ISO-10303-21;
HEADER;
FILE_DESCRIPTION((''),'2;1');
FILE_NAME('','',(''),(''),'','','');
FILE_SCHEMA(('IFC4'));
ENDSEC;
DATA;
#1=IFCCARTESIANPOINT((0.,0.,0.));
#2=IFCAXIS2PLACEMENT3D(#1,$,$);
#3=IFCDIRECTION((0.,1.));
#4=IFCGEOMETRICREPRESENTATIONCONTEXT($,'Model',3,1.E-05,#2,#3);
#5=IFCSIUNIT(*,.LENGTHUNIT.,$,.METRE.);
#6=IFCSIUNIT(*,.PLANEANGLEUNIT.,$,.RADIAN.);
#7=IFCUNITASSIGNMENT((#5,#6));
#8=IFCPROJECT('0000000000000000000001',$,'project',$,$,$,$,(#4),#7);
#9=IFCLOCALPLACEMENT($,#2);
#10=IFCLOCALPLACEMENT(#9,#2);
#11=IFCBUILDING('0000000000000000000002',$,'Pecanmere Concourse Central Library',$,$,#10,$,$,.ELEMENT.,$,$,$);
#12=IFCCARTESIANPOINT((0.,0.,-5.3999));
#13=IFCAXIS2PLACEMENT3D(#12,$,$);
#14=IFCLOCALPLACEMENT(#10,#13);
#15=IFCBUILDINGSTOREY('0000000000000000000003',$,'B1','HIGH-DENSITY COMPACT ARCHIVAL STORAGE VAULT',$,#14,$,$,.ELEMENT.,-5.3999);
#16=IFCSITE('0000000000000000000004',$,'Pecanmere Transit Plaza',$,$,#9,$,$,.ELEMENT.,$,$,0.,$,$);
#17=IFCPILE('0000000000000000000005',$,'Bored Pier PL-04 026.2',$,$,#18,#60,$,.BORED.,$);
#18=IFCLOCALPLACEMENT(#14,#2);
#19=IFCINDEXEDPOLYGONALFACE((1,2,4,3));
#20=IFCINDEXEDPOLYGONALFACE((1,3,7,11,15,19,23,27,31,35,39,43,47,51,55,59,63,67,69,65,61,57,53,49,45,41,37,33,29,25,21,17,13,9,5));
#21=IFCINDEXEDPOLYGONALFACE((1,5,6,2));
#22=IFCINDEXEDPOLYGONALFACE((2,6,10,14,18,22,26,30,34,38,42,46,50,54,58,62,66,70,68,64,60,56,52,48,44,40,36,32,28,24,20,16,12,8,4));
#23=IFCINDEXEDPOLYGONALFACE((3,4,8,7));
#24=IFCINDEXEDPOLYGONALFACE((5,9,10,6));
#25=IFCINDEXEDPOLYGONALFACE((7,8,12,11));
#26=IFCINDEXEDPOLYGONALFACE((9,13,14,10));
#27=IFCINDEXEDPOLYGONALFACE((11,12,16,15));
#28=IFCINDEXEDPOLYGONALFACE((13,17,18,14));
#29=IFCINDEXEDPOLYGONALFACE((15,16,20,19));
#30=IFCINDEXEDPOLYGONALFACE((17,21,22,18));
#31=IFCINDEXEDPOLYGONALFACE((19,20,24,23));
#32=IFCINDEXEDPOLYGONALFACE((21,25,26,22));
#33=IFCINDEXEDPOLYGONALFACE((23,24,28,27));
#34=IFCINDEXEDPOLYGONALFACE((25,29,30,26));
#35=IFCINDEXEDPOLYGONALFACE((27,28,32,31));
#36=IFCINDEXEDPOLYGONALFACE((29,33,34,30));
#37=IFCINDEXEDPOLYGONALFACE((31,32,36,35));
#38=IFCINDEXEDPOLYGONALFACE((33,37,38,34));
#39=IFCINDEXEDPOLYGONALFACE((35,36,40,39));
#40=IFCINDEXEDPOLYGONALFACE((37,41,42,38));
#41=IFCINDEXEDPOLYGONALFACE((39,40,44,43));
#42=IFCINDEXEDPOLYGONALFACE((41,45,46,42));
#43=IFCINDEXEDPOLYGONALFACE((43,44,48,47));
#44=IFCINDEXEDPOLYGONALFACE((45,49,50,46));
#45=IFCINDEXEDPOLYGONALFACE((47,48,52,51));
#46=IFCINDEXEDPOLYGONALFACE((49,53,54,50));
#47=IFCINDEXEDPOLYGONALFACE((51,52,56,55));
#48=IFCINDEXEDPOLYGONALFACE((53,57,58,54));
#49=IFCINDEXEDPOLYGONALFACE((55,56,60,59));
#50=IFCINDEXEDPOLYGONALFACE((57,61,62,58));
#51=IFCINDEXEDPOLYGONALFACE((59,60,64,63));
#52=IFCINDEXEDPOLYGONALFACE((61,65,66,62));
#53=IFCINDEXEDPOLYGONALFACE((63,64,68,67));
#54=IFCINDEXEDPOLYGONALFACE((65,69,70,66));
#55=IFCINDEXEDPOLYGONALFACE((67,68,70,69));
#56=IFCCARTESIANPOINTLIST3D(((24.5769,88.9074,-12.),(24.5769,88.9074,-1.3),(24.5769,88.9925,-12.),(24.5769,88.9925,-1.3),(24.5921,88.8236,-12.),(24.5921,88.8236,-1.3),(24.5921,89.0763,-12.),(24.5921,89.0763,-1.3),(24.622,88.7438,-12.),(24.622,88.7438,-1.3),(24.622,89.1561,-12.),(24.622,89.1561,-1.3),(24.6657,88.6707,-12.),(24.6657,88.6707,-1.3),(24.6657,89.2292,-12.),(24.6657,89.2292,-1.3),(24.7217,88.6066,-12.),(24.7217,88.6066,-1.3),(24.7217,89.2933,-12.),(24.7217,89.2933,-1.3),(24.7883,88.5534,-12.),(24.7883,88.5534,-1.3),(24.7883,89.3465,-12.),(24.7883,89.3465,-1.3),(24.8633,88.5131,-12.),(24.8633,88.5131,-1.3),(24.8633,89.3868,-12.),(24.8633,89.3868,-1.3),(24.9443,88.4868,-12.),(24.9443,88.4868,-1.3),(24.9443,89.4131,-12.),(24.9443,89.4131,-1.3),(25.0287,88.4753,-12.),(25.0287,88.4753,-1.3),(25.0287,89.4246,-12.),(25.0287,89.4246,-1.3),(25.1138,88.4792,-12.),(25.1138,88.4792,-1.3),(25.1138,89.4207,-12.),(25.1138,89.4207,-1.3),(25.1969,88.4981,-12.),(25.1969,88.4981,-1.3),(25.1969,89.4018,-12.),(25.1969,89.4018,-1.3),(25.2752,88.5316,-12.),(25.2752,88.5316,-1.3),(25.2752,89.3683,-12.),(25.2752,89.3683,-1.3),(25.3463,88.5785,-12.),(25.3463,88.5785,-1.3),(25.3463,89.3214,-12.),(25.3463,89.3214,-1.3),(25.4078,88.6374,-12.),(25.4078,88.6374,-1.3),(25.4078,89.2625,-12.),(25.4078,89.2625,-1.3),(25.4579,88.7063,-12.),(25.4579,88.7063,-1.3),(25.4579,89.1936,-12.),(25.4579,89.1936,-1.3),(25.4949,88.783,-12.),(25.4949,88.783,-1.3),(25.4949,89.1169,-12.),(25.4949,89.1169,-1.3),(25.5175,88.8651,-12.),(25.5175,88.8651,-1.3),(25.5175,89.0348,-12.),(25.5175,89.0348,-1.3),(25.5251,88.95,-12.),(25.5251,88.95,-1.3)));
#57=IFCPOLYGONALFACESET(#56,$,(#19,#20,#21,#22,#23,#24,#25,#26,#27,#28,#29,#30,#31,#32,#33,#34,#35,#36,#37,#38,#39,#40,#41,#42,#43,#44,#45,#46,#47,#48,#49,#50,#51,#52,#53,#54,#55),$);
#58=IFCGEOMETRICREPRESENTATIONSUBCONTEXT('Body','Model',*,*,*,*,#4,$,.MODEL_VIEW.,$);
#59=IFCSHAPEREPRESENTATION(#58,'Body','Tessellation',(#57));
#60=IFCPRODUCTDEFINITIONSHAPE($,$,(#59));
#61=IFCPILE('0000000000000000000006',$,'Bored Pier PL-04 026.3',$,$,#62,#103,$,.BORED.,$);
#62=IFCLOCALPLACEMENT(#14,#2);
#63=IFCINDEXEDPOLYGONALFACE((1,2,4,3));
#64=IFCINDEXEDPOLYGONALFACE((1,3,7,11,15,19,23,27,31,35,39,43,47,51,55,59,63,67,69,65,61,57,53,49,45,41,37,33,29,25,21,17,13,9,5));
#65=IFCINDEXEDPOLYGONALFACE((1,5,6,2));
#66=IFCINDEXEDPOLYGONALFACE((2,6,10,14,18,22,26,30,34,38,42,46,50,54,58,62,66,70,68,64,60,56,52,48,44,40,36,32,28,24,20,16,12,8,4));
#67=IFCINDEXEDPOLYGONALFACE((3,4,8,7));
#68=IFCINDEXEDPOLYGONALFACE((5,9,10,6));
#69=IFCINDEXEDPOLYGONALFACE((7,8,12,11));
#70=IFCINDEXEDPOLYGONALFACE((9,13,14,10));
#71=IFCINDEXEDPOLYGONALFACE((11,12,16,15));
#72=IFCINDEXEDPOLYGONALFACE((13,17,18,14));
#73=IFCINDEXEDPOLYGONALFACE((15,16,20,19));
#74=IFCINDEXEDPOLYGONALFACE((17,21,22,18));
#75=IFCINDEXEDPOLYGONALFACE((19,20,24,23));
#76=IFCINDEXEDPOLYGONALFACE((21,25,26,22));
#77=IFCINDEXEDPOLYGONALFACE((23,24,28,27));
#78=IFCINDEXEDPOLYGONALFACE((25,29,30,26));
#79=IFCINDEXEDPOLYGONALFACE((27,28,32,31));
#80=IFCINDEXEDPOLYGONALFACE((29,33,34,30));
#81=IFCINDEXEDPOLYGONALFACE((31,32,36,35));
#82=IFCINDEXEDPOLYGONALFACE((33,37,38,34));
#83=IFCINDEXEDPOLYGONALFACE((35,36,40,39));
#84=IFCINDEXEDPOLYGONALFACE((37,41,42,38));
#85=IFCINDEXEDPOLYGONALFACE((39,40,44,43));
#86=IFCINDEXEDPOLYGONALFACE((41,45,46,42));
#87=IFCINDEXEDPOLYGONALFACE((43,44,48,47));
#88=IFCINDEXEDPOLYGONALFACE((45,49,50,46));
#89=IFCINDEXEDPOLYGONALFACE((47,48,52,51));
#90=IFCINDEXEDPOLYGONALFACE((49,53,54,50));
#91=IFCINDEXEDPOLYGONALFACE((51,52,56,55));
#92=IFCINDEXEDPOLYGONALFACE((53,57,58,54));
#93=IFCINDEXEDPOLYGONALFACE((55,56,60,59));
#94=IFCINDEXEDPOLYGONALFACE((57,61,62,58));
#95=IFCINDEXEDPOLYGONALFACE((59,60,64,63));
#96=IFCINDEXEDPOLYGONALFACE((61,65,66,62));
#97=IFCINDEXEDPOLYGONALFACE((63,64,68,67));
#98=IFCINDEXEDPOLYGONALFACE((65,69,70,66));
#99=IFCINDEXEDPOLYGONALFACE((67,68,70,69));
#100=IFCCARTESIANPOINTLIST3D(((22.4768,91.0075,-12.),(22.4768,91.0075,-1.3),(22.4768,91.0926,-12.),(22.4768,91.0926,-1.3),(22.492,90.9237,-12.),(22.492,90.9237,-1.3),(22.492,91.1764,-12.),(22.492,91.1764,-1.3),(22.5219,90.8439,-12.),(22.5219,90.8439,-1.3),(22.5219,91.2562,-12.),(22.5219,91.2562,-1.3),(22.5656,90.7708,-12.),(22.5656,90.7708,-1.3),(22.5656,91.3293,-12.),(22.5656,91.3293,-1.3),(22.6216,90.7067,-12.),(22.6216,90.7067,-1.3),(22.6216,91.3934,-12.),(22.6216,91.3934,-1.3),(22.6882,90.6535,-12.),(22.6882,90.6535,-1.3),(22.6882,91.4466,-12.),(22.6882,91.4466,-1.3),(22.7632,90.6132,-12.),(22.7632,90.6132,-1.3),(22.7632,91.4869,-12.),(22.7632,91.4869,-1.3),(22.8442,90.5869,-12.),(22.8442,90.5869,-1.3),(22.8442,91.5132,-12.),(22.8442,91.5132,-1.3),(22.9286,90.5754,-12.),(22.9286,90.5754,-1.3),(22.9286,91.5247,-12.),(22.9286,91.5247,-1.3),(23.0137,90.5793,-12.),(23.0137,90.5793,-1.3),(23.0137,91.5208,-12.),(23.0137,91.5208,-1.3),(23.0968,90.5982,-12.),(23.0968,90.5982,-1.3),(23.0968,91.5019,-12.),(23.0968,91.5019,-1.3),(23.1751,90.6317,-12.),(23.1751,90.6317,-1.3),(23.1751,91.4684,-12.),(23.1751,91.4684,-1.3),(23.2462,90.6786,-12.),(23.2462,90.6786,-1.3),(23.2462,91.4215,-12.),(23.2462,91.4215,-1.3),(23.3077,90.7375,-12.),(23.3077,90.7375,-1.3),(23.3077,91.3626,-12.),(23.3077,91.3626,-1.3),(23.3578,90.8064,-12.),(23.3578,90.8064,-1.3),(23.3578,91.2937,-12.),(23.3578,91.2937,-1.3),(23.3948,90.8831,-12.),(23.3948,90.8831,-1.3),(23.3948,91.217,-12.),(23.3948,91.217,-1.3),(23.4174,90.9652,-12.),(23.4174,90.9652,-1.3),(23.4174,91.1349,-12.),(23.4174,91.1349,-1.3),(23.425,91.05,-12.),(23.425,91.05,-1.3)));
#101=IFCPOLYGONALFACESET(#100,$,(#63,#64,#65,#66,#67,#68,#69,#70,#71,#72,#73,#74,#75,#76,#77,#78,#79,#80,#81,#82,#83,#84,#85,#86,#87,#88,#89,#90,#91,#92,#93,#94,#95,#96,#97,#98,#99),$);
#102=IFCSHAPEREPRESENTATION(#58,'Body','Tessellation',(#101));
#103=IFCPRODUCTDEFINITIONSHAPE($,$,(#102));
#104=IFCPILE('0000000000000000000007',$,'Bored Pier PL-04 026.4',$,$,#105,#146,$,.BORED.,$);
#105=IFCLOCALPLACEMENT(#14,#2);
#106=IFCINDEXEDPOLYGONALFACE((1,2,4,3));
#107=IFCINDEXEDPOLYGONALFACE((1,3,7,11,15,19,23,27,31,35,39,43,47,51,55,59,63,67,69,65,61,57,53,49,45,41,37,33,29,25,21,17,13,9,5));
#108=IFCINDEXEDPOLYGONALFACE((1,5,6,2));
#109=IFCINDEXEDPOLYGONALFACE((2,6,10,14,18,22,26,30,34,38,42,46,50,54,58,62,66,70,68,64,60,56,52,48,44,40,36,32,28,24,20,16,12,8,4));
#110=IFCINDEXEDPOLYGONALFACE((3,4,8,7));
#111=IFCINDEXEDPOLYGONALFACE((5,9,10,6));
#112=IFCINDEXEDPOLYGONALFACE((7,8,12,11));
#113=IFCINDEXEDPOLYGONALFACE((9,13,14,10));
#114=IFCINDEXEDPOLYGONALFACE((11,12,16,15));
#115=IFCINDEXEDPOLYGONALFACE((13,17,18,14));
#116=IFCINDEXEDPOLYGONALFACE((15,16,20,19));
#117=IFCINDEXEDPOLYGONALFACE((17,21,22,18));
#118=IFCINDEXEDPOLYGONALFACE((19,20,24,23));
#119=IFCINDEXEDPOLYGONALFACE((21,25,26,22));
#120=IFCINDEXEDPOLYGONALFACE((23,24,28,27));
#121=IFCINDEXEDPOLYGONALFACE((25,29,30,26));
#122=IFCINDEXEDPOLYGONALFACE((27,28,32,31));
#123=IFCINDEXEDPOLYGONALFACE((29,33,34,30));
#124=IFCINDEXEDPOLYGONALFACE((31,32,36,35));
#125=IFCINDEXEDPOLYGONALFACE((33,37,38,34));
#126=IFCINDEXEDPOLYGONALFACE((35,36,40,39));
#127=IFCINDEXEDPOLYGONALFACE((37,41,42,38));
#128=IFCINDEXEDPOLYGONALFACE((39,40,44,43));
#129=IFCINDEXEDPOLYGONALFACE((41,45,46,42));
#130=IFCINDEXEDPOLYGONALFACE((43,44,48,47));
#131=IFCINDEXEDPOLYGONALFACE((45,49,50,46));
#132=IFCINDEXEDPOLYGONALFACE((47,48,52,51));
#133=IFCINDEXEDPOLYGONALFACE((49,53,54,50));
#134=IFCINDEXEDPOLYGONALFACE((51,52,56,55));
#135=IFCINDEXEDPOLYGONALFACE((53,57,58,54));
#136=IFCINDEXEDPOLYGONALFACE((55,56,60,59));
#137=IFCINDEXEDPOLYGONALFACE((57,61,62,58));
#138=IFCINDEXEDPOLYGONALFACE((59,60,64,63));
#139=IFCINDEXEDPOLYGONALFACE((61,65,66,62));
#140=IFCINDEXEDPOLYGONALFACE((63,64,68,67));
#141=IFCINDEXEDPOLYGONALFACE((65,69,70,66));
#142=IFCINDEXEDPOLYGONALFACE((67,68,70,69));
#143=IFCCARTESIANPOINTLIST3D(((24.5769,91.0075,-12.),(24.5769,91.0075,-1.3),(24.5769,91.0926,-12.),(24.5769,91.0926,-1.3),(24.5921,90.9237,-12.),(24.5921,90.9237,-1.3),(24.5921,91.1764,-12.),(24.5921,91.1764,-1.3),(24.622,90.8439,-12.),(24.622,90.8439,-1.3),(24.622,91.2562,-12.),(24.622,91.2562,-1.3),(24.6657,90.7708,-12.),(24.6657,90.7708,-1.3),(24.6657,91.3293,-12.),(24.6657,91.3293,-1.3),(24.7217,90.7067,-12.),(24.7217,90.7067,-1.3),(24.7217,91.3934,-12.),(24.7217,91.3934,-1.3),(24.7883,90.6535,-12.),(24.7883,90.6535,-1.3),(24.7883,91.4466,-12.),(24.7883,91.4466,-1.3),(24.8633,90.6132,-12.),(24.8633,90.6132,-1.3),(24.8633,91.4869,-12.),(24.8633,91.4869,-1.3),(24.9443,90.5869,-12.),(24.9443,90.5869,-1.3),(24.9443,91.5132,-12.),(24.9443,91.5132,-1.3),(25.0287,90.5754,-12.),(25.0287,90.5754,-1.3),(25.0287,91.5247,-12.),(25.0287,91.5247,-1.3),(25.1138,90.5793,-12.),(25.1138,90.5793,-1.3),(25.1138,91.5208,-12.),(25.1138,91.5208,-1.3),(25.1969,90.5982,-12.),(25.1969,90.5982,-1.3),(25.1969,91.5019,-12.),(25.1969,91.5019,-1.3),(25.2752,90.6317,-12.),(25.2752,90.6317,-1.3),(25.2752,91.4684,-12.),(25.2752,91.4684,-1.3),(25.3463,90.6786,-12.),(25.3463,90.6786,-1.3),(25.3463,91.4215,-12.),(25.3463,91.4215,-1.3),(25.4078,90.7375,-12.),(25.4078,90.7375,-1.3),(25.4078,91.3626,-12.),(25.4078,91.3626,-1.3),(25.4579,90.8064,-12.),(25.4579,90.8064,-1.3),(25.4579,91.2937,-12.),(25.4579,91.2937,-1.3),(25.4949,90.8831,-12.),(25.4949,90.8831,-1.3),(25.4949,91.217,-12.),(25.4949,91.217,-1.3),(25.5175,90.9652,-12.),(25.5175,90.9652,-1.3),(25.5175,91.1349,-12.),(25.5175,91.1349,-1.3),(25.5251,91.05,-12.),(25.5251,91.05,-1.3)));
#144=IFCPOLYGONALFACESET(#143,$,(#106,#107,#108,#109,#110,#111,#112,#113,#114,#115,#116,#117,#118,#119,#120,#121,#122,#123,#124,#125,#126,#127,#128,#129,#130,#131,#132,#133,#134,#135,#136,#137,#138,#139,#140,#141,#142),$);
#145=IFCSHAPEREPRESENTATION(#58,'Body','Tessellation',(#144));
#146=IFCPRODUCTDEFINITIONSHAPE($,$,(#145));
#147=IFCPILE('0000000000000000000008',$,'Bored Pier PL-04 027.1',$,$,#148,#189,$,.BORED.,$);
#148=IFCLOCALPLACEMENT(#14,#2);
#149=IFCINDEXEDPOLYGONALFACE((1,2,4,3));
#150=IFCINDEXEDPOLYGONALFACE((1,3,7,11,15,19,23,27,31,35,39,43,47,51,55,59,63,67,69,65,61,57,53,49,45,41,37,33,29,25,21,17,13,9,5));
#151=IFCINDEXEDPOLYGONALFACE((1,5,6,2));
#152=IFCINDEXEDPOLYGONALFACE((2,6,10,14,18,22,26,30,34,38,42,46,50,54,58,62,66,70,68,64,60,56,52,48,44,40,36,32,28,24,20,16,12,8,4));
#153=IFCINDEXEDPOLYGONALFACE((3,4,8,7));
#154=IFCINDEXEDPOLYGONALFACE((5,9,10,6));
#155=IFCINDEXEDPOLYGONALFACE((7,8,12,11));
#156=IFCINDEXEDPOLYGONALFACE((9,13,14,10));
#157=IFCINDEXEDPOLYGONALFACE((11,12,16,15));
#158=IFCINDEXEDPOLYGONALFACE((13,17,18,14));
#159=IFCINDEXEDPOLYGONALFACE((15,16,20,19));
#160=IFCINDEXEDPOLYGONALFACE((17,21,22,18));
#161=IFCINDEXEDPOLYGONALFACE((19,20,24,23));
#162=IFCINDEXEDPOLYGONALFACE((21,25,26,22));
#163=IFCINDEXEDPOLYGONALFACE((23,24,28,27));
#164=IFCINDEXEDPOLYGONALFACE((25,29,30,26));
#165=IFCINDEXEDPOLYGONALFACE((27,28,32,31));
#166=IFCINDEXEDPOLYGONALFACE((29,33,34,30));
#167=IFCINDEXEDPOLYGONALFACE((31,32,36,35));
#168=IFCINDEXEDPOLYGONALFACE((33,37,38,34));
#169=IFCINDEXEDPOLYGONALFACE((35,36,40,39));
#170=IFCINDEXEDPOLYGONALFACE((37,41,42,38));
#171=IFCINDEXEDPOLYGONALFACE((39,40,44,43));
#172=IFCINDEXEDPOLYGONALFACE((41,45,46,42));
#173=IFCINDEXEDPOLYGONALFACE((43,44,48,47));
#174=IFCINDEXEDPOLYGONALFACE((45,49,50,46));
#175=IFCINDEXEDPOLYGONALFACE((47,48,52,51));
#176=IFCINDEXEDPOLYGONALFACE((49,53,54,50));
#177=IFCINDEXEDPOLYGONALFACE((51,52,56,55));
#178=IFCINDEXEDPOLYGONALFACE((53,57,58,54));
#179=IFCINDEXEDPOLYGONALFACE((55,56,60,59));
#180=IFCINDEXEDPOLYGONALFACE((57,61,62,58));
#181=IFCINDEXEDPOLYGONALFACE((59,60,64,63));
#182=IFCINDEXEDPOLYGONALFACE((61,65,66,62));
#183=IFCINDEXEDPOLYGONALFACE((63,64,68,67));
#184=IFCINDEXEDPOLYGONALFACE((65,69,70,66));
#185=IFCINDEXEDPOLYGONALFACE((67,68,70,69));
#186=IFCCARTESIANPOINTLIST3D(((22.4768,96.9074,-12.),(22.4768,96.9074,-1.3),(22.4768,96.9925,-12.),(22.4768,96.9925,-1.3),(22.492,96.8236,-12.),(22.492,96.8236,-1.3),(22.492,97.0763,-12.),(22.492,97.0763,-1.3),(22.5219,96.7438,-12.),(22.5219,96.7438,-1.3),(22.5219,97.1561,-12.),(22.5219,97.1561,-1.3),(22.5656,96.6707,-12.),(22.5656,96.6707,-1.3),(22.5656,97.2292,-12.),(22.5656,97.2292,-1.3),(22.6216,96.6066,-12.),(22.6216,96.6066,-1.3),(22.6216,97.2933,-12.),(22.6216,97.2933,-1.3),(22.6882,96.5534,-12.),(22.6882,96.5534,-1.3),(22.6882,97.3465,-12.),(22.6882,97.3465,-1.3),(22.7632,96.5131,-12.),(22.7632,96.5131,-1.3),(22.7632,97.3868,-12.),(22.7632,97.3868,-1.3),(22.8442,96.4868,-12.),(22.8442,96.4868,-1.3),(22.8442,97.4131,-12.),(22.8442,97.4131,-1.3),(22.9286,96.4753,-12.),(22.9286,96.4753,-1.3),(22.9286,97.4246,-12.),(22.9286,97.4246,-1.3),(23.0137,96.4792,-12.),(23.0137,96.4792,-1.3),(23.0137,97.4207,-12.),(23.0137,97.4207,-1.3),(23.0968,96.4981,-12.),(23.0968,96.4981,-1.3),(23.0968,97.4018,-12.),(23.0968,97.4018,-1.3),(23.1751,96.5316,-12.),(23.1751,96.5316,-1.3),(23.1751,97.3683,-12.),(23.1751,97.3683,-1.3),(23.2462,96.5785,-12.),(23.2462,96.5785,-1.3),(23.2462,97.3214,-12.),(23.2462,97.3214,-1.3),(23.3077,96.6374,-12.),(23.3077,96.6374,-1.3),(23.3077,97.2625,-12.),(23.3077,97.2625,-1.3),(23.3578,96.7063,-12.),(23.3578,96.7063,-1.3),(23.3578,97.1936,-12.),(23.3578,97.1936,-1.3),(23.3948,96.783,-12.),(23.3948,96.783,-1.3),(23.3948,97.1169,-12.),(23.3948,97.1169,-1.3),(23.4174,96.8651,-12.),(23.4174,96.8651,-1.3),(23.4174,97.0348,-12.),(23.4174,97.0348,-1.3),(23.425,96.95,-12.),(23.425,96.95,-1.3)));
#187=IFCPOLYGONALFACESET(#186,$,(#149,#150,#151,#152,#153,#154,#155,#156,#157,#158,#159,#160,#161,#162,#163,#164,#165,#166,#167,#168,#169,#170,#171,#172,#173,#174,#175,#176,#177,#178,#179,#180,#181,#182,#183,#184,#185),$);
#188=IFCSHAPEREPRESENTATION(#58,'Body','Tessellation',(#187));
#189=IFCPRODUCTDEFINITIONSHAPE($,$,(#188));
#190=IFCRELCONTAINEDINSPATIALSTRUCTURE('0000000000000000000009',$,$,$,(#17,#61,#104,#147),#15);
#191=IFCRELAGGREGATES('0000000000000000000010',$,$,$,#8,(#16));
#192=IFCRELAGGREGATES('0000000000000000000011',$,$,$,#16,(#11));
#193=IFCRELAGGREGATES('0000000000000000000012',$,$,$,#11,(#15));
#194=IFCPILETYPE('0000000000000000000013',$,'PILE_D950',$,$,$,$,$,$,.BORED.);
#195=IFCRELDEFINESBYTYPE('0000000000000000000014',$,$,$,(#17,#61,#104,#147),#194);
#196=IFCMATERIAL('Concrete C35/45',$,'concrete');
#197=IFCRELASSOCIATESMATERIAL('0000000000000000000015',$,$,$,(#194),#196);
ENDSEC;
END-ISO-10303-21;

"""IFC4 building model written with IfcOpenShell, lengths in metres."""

from ifc_helpers import new_model, si_unit, direction, frame, origin, origin_2d, place, context, subcontext, project, spatial, circle, extrude, material, material_profile, profile_set, type_object, element, save


model = new_model("IFC4")

# Units and contexts
model_context = context("Model", 3, precision=1e-05, world=origin(), true_north=direction((0.0, 1.0)))
body_context = subcontext(model_context, "Body", "Model", "MODEL_VIEW")
ifc_project = project(units=[si_unit("LENGTHUNIT", "METRE"), si_unit("PLANEANGLEUNIT", "RADIAN")], contexts=[model_context])

# Site, building, storey
site_placement = place(None, origin())
site = spatial("IfcSite", under=ifc_project, at=site_placement, Name="Pecanmere Transit Plaza", CompositionType="ELEMENT", RefElevation=0.0)
building_placement = place(site_placement, origin())
building = spatial("IfcBuilding", under=site, at=building_placement, Name="Pecanmere Concourse Central Library", CompositionType="ELEMENT")
storey_placement = place(building_placement, frame((0.0, 0.0, -5.3999)))
storey = spatial("IfcBuildingStorey", under=building, at=storey_placement, Name="B1", Description="HIGH-DENSITY COMPACT ARCHIVAL STORAGE VAULT", CompositionType="ELEMENT", Elevation=-5.3999)

# Piles
ifc_material_1 = material(Name="Concrete C35/45", Category="concrete")
ifc_material_profile_1 = material_profile(ifc_material_1, circle(Radius=0.4751, at=origin_2d()), Name="PIER D950")
ifc_profile_set_1 = profile_set([ifc_material_profile_1], Name="Concrete C35/45")
pile_type = type_object("IfcPileType", Name="PILE_D950", PredefinedType="BORED", material=ifc_profile_set_1)
for number, where, z_axis, x_axis, name in (
    (1, (25.05, 88.95, -1.3), (0.0, 0.0, -1.0), (1.0, 0.0, 0.0), "Bored Pier PL-04 026.2"),
    (2, (22.95, 91.05, -1.3), (0.0, 0.0, -1.0), (1.0, 0.0, 0.0), "Bored Pier PL-04 026.3"),
    (3, (25.05, 91.05, -1.3), (0.0, 0.0, -1.0), (1.0, 0.0, 0.0), "Bored Pier PL-04 026.4"),
    (4, (22.95, 96.95, -1.3), (0.0, 0.0, -1.0), (1.0, 0.0, 0.0), "Bored Pier PL-04 027.1"),
):
    element("IfcPile", number, at=place(storey_placement, frame(where, z_axis=z_axis, x_axis=x_axis)), inside=storey, type_object=pile_type, Name=name, PredefinedType="BORED", context=body_context, shape_type="SweptSolid", body=[
        extrude(circle(Radius=0.4751, at=origin_2d()), origin(), (0.0, 0.0, 1.0), 10.7),
    ])

save(model, "model.ifc")
